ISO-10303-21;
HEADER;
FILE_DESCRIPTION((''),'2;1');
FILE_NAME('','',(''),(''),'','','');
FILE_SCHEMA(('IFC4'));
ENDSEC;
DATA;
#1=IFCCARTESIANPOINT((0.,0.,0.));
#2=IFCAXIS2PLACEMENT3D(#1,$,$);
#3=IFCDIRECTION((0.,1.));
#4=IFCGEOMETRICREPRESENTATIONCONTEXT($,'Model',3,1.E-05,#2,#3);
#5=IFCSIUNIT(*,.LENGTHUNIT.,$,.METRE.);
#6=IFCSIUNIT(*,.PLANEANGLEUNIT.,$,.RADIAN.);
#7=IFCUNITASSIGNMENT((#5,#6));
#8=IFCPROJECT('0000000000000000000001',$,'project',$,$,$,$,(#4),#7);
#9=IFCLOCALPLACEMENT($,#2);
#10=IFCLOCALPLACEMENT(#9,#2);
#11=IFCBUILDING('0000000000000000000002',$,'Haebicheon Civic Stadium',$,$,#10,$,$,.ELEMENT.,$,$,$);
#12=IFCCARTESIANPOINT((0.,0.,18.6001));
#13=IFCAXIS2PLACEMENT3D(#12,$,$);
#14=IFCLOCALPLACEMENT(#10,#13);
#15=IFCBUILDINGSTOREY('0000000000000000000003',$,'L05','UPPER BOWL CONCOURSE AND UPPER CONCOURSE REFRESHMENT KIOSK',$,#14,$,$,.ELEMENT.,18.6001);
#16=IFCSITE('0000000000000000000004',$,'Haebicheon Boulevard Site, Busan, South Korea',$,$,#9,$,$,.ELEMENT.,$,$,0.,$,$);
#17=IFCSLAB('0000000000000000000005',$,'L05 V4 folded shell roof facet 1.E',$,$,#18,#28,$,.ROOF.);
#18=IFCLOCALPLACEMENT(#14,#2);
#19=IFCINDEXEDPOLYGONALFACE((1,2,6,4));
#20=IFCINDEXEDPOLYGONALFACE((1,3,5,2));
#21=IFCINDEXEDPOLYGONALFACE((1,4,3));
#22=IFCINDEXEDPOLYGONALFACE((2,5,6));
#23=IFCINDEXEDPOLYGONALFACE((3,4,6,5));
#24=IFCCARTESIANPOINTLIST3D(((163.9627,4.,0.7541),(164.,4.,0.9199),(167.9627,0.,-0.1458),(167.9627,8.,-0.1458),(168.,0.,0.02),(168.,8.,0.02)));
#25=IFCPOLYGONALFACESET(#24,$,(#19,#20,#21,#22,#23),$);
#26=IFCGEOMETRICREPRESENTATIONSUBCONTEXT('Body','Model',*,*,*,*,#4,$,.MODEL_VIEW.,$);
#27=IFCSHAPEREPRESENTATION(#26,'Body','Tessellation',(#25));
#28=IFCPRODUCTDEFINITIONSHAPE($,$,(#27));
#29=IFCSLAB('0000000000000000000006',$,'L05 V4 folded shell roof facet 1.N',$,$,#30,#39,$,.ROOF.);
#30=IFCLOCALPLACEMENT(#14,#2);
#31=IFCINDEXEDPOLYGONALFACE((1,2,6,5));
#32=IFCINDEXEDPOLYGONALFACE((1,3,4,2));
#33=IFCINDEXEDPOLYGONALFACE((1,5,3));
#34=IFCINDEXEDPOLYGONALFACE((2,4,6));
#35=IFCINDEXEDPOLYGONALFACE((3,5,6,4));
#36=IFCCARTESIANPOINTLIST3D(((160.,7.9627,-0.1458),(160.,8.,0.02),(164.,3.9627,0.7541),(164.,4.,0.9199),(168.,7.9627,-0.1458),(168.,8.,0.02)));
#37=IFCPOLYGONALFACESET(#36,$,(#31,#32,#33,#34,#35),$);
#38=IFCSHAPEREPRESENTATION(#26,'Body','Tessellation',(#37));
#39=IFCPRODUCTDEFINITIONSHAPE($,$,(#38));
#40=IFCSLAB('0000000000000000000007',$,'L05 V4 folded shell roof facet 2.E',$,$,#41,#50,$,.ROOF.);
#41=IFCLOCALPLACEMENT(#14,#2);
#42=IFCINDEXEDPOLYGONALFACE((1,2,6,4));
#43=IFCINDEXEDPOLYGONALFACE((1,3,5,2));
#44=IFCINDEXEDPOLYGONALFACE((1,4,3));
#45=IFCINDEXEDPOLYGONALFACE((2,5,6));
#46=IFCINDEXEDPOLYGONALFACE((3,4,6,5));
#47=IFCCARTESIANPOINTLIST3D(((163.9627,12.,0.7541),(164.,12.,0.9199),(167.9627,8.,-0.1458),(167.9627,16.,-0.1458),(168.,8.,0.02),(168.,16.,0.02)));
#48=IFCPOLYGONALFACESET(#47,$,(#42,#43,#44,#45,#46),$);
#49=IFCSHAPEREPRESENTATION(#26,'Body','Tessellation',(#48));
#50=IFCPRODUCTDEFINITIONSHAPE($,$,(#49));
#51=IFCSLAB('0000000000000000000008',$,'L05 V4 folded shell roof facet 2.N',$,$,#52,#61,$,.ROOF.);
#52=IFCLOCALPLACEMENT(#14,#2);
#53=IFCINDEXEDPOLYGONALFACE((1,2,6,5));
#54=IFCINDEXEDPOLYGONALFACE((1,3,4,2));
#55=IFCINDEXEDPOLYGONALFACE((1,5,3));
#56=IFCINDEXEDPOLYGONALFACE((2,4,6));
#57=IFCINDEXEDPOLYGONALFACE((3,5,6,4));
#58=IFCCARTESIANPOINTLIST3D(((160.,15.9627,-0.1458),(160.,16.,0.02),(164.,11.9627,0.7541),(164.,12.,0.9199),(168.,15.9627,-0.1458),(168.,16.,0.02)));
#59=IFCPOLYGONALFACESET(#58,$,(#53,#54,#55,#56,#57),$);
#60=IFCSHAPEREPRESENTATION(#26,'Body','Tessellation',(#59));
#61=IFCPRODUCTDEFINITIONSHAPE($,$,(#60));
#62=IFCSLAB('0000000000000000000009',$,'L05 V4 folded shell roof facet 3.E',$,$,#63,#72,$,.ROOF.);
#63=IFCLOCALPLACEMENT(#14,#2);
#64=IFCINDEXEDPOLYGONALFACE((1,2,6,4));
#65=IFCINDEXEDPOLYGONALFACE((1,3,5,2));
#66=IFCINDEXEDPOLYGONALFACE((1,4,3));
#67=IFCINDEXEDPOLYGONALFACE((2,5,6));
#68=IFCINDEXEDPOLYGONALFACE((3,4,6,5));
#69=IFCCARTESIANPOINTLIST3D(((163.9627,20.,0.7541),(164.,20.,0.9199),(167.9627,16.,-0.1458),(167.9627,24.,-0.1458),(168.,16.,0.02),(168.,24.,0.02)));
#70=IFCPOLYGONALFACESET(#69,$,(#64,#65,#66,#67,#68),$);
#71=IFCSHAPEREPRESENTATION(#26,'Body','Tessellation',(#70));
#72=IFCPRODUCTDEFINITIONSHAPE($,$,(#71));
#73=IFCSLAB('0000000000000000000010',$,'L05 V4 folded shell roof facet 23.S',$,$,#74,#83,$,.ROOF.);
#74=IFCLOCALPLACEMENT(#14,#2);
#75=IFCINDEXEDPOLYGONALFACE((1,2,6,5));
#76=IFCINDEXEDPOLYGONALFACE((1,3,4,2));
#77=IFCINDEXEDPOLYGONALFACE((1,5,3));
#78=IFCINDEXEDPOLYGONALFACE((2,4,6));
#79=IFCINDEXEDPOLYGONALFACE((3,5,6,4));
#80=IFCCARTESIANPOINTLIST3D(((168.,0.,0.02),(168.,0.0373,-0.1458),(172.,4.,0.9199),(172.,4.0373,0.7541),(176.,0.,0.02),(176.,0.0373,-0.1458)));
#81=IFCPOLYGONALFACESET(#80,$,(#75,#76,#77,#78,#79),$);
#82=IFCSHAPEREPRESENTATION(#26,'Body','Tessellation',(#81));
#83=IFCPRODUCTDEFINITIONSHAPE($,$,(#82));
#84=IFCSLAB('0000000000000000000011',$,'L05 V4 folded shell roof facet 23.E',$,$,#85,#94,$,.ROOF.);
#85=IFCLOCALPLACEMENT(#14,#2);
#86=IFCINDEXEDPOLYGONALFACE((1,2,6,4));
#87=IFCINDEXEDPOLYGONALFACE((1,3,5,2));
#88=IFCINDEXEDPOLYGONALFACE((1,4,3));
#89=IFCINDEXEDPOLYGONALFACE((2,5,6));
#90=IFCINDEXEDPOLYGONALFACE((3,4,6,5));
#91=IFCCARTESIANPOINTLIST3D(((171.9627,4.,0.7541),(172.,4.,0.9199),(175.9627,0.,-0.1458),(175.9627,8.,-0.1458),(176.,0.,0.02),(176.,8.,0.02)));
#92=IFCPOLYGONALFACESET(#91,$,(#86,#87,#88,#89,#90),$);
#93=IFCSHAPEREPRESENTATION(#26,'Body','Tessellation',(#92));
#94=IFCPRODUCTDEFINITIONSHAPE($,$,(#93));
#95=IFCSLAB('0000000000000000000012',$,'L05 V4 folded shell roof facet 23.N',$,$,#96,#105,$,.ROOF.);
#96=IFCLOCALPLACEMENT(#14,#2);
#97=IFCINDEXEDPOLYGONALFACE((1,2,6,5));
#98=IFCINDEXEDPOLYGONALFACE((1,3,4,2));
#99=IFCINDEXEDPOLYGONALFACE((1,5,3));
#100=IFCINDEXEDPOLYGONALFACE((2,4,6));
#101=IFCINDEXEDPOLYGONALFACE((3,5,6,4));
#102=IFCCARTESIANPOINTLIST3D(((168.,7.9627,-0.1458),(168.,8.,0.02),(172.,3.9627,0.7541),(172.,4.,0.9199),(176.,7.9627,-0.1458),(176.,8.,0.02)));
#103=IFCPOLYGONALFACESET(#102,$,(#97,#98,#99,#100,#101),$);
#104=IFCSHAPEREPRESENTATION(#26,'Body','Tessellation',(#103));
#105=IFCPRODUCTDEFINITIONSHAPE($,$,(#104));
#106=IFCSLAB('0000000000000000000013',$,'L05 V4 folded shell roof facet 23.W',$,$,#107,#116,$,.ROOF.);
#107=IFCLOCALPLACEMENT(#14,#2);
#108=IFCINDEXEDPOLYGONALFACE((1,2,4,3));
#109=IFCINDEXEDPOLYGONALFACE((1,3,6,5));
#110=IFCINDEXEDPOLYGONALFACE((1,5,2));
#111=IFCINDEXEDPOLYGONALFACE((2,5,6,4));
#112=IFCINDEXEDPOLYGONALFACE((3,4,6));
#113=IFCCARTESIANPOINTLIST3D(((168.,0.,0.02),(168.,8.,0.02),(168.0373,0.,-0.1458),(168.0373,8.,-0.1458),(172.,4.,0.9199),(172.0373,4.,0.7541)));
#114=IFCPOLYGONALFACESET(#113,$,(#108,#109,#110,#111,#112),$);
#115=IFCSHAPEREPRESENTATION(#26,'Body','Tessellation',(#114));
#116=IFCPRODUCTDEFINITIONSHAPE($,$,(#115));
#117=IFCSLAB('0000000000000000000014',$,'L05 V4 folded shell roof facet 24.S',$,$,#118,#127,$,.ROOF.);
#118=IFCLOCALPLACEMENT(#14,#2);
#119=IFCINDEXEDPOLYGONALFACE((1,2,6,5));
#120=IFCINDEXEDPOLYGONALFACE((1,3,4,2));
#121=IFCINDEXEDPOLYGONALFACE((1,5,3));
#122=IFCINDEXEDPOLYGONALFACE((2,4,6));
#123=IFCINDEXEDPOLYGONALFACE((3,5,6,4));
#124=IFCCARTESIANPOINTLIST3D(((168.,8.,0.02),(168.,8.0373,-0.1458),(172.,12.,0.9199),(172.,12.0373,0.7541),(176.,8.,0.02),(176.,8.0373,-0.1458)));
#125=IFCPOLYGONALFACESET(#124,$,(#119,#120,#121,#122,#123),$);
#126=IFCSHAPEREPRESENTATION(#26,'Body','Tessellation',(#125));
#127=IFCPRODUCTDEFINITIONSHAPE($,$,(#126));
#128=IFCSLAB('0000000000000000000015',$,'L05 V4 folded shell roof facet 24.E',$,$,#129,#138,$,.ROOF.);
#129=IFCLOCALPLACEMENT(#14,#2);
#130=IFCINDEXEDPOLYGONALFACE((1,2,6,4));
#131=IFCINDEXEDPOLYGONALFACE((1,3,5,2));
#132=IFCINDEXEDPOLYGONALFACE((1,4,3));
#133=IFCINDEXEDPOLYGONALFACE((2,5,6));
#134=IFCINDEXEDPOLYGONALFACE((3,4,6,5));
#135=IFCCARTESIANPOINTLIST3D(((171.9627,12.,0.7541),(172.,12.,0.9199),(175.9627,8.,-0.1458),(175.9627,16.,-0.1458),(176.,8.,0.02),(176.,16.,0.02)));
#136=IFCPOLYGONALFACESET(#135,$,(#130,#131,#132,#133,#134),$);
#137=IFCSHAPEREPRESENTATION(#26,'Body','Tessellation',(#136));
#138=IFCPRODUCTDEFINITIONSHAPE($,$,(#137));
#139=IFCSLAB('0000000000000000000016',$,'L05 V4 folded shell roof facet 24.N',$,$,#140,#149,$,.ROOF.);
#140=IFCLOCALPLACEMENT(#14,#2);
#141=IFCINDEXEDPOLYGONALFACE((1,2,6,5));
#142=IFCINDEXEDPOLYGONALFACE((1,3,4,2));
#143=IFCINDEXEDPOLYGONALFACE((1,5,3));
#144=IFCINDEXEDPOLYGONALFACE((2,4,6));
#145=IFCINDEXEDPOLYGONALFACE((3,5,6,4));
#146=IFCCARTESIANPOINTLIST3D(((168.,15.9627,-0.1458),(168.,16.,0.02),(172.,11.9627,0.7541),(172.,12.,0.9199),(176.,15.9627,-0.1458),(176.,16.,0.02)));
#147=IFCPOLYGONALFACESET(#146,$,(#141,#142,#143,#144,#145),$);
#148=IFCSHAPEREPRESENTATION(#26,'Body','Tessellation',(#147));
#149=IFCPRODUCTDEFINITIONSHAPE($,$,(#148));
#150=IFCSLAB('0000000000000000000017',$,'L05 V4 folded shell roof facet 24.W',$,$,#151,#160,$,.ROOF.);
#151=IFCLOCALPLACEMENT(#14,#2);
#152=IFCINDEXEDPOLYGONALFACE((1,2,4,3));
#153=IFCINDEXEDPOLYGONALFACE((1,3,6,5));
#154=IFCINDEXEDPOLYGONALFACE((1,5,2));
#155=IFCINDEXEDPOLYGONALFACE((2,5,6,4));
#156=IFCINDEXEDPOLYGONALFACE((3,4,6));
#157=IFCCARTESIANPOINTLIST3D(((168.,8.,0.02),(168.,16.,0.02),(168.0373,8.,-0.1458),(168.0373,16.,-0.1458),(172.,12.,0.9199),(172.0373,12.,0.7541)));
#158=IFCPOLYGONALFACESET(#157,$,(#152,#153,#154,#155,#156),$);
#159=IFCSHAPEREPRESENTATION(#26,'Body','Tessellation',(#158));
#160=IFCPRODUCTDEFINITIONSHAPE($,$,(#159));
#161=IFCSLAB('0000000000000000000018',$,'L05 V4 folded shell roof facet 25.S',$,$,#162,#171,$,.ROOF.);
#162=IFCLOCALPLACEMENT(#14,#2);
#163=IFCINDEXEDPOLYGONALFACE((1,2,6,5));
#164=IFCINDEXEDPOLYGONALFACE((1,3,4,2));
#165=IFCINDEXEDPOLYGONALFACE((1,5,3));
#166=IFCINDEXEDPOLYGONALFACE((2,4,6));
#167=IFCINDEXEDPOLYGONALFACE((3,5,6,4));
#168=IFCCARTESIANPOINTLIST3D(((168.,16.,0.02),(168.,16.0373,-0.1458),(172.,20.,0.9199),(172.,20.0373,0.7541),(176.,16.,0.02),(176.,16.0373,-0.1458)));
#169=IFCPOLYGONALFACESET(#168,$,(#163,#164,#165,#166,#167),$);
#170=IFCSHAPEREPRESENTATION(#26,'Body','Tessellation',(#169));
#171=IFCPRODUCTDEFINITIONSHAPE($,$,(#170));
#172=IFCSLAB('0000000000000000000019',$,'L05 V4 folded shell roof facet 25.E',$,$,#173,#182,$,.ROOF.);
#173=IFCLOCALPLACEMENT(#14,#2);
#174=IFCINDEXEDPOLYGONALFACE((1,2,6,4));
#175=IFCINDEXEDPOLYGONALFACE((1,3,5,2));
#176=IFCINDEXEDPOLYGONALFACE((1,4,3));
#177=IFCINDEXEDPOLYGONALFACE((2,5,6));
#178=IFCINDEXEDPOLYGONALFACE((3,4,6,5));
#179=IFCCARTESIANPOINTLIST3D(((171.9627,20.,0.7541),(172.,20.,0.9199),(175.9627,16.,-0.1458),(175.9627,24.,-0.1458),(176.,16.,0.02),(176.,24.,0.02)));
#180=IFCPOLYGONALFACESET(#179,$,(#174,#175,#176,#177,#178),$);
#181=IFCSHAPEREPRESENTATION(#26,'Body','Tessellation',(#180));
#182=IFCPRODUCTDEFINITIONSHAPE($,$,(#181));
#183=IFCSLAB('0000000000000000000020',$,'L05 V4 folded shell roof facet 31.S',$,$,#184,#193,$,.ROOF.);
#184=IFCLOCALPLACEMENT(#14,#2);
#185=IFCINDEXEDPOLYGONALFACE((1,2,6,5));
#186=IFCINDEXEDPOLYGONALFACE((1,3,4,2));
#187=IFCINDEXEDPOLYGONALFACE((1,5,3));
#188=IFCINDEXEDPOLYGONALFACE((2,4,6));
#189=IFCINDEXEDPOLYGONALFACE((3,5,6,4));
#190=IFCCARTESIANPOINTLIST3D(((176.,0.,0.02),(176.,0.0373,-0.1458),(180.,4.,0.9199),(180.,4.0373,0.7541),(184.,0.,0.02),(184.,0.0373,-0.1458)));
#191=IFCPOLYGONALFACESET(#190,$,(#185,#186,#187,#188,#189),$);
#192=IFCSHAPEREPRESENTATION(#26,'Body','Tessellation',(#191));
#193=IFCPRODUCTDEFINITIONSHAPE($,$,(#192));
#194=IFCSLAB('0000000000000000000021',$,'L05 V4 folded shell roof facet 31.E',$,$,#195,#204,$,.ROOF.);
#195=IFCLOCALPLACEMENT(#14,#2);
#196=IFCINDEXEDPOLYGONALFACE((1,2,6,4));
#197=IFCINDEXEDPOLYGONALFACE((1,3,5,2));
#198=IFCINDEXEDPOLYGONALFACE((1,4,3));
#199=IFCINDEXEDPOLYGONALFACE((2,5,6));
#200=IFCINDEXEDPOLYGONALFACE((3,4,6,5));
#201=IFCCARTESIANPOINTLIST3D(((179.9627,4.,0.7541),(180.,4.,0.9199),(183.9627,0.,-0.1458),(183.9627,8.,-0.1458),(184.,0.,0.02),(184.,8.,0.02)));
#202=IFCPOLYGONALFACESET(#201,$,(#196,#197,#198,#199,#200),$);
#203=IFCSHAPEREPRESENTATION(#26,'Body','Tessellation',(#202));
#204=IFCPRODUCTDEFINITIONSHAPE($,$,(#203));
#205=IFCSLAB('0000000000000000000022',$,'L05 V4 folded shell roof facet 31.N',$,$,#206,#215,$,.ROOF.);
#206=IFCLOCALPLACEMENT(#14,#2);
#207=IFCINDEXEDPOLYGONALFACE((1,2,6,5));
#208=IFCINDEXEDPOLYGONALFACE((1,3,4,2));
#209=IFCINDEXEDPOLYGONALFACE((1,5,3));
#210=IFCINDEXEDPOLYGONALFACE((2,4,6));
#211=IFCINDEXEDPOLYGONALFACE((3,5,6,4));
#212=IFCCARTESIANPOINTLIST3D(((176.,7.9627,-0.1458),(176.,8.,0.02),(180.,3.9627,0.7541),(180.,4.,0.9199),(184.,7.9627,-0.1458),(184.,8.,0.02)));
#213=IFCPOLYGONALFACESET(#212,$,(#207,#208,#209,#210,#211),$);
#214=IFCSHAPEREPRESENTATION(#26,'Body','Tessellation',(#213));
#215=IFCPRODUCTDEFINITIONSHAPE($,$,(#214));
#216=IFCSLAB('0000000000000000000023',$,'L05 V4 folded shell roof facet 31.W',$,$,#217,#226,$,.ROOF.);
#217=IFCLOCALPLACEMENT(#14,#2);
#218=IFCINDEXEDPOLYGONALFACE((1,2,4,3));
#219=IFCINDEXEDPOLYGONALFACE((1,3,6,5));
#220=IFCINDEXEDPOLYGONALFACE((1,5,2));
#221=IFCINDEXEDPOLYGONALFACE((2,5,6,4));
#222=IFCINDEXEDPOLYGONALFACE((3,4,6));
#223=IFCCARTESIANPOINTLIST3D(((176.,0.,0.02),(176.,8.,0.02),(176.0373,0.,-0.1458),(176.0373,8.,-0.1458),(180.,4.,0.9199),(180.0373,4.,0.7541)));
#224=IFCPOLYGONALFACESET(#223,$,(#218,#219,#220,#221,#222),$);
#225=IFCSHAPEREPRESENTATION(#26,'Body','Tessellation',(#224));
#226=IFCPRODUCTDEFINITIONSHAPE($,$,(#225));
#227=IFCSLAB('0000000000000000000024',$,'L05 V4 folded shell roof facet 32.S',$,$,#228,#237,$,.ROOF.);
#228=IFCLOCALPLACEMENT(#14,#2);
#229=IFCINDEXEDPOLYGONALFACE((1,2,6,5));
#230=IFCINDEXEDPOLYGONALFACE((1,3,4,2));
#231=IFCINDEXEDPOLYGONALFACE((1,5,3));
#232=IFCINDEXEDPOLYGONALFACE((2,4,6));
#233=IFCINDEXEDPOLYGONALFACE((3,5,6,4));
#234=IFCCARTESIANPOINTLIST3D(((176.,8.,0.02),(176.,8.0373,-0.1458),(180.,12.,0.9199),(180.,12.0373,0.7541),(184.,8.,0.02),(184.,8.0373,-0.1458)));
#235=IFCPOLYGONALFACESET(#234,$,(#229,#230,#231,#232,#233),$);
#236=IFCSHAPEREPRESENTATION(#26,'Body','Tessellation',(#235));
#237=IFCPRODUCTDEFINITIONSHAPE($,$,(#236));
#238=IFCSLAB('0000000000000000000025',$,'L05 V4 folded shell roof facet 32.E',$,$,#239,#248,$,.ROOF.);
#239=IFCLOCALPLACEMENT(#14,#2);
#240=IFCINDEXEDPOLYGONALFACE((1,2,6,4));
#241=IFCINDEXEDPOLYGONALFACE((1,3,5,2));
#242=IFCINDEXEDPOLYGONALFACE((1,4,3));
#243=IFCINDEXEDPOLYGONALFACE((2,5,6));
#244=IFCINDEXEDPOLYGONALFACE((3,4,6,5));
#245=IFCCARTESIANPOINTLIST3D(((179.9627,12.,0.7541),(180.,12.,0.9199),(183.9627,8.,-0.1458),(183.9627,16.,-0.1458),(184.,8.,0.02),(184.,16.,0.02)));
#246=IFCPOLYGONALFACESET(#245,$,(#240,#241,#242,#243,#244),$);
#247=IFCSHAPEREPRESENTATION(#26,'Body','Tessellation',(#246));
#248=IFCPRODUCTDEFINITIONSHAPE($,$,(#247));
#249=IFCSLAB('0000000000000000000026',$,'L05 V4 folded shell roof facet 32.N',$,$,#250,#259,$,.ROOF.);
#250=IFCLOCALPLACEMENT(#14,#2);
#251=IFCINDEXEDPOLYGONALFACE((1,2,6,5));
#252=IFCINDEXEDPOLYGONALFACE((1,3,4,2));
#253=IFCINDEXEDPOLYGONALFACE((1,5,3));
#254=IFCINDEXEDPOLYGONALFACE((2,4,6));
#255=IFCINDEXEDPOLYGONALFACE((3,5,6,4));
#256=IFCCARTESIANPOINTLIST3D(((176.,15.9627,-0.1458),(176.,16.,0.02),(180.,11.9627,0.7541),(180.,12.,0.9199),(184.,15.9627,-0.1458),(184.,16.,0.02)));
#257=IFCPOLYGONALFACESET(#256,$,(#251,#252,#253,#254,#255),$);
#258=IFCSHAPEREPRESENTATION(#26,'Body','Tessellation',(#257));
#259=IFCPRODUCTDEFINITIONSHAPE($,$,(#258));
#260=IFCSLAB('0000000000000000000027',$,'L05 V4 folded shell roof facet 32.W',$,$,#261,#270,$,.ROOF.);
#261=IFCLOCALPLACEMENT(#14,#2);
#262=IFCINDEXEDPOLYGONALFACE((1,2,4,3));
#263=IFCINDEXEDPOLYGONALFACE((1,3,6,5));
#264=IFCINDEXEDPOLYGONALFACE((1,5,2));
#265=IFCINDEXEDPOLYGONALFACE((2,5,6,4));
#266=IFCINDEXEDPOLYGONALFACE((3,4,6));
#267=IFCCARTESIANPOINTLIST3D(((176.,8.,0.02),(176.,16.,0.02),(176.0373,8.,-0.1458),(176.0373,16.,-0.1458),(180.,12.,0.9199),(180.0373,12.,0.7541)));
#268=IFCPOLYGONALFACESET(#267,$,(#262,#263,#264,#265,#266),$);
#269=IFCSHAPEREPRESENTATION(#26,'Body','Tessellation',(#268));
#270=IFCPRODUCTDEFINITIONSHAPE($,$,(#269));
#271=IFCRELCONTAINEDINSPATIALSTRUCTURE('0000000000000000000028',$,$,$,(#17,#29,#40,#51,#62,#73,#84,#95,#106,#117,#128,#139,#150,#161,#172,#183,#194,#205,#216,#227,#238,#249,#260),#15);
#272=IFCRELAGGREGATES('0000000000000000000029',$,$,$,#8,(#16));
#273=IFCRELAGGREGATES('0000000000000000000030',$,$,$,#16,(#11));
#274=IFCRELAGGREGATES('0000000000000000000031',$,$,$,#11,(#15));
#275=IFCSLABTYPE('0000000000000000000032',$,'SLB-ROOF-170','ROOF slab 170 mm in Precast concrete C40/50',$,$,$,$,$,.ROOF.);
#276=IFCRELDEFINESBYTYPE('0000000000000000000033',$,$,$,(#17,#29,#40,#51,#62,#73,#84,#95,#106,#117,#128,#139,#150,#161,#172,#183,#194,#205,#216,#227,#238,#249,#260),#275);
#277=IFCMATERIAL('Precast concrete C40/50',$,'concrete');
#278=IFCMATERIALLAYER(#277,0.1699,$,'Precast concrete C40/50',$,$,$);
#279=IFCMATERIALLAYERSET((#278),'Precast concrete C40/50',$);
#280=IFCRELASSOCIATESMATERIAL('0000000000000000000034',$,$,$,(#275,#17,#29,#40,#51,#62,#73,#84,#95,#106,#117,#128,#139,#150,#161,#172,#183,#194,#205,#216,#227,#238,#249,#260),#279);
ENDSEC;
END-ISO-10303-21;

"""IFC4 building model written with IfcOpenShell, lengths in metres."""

from ifc_helpers import new_model, si_unit, direction, frame, origin, place, context, subcontext, project, spatial, polyline, outline, extrude, material, layer, layer_set, type_object, element, save


model = new_model("IFC4")

# Units and contexts
model_context = context("Model", 3, precision=1e-05, world=origin(), true_north=direction((0.0, 1.0)))
body_context = subcontext(model_context, "Body", "Model", "MODEL_VIEW")
ifc_project = project(units=[si_unit("LENGTHUNIT", "METRE"), si_unit("PLANEANGLEUNIT", "RADIAN")], contexts=[model_context])

# Site, building, storey
site_placement = place(None, origin())
site = spatial("IfcSite", under=ifc_project, at=site_placement, Name="Haebicheon Boulevard Site, Busan, South Korea", CompositionType="ELEMENT", RefElevation=0.0)
building_placement = place(site_placement, origin())
building = spatial("IfcBuilding", under=site, at=building_placement, Name="Haebicheon Civic Stadium", CompositionType="ELEMENT")
storey_placement = place(building_placement, frame((0.0, 0.0, 18.6001)))
storey = spatial("IfcBuildingStorey", under=building, at=storey_placement, Name="L05", Description="UPPER BOWL CONCOURSE AND UPPER CONCOURSE REFRESHMENT KIOSK", CompositionType="ELEMENT", Elevation=18.6001)

# Slabs
ifc_material = material(Name="Precast concrete C40/50", Category="concrete")
ifc_layer = layer(ifc_material, 0.1699, Name="Precast concrete C40/50")
ifc_layer_set = layer_set([ifc_layer], Name="Precast concrete C40/50")
slab_type = type_object("IfcSlabType", Name="SLB-ROOF-170", Description="ROOF slab 170 mm in Precast concrete C40/50", PredefinedType="ROOF", material=ifc_layer_set)
for number, where, z_axis, x_axis, name in (
    (1, (168.0, 0.0, 0.02), (0.21949, 0.0, 0.975615), (0.0, 1.0, 0.0), "L05 V4 folded shell roof facet 1.E"),
    (2, (168.0, 8.0, 0.02), (0.0, 0.21949, 0.975615), (-1.0, 0.0, 0.0), "L05 V4 folded shell roof facet 1.N"),
    (3, (168.0, 8.0, 0.02), (0.21949, 0.0, 0.975615), (0.0, 1.0, 0.0), "L05 V4 folded shell roof facet 2.E"),
    (4, (168.0, 16.0, 0.02), (0.0, 0.21949, 0.975615), (-1.0, 0.0, 0.0), "L05 V4 folded shell roof facet 2.N"),
    (5, (168.0, 16.0, 0.02), (0.21949, 0.0, 0.975615), (0.0, 1.0, 0.0), "L05 V4 folded shell roof facet 3.E"),
    (6, (168.0, 0.0, 0.02), (0.0, -0.21949, 0.975615), (1.0, 0.0, 0.0), "L05 V4 folded shell roof facet 23.S"),
    (7, (176.0, 0.0, 0.02), (0.21949, 0.0, 0.975615), (0.0, 1.0, 0.0), "L05 V4 folded shell roof facet 23.E"),
    (8, (176.0, 8.0, 0.02), (0.0, 0.21949, 0.975615), (-1.0, 0.0, 0.0), "L05 V4 folded shell roof facet 23.N"),
    (9, (168.0, 8.0, 0.02), (-0.21949, 0.0, 0.975615), (0.0, -1.0, 0.0), "L05 V4 folded shell roof facet 23.W"),
    (10, (168.0, 8.0, 0.02), (0.0, -0.21949, 0.975615), (1.0, 0.0, 0.0), "L05 V4 folded shell roof facet 24.S"),
    (11, (176.0, 8.0, 0.02), (0.21949, 0.0, 0.975615), (0.0, 1.0, 0.0), "L05 V4 folded shell roof facet 24.E"),
    (12, (176.0, 16.0, 0.02), (0.0, 0.21949, 0.975615), (-1.0, 0.0, 0.0), "L05 V4 folded shell roof facet 24.N"),
    (13, (168.0, 16.0, 0.02), (-0.21949, 0.0, 0.975615), (0.0, -1.0, 0.0), "L05 V4 folded shell roof facet 24.W"),
    (14, (168.0, 16.0, 0.02), (0.0, -0.21949, 0.975615), (1.0, 0.0, 0.0), "L05 V4 folded shell roof facet 25.S"),
    (15, (176.0, 16.0, 0.02), (0.21949, 0.0, 0.975615), (0.0, 1.0, 0.0), "L05 V4 folded shell roof facet 25.E"),
    (16, (176.0, 0.0, 0.02), (0.0, -0.21949, 0.975615), (1.0, 0.0, 0.0), "L05 V4 folded shell roof facet 31.S"),
    (17, (184.0, 0.0, 0.02), (0.21949, 0.0, 0.975615), (0.0, 1.0, 0.0), "L05 V4 folded shell roof facet 31.E"),
    (18, (184.0, 8.0, 0.02), (0.0, 0.21949, 0.975615), (-1.0, 0.0, 0.0), "L05 V4 folded shell roof facet 31.N"),
    (19, (176.0, 8.0, 0.02), (-0.21949, 0.0, 0.975615), (0.0, -1.0, 0.0), "L05 V4 folded shell roof facet 31.W"),
    (20, (176.0, 8.0, 0.02), (0.0, -0.21949, 0.975615), (1.0, 0.0, 0.0), "L05 V4 folded shell roof facet 32.S"),
    (21, (184.0, 8.0, 0.02), (0.21949, 0.0, 0.975615), (0.0, 1.0, 0.0), "L05 V4 folded shell roof facet 32.E"),
    (22, (184.0, 16.0, 0.02), (0.0, 0.21949, 0.975615), (-1.0, 0.0, 0.0), "L05 V4 folded shell roof facet 32.N"),
    (23, (176.0, 16.0, 0.02), (-0.21949, 0.0, 0.975615), (0.0, -1.0, 0.0), "L05 V4 folded shell roof facet 32.W"),
):
    element("IfcSlab", number, at=place(storey_placement, frame(where, z_axis=z_axis, x_axis=x_axis)), inside=storey, type_object=slab_type, material=ifc_layer_set, Name=name, PredefinedType="ROOF", context=body_context, shape_type="SweptSolid", body=[
        extrude(outline(polyline([(0.0, 0.0), (8.0, 0.0), (4.0, 4.1), (0.0, 0.0)])), origin(), (0.0, 0.0, -1.0), 0.1699),
    ])

save(model, "model.ifc")
